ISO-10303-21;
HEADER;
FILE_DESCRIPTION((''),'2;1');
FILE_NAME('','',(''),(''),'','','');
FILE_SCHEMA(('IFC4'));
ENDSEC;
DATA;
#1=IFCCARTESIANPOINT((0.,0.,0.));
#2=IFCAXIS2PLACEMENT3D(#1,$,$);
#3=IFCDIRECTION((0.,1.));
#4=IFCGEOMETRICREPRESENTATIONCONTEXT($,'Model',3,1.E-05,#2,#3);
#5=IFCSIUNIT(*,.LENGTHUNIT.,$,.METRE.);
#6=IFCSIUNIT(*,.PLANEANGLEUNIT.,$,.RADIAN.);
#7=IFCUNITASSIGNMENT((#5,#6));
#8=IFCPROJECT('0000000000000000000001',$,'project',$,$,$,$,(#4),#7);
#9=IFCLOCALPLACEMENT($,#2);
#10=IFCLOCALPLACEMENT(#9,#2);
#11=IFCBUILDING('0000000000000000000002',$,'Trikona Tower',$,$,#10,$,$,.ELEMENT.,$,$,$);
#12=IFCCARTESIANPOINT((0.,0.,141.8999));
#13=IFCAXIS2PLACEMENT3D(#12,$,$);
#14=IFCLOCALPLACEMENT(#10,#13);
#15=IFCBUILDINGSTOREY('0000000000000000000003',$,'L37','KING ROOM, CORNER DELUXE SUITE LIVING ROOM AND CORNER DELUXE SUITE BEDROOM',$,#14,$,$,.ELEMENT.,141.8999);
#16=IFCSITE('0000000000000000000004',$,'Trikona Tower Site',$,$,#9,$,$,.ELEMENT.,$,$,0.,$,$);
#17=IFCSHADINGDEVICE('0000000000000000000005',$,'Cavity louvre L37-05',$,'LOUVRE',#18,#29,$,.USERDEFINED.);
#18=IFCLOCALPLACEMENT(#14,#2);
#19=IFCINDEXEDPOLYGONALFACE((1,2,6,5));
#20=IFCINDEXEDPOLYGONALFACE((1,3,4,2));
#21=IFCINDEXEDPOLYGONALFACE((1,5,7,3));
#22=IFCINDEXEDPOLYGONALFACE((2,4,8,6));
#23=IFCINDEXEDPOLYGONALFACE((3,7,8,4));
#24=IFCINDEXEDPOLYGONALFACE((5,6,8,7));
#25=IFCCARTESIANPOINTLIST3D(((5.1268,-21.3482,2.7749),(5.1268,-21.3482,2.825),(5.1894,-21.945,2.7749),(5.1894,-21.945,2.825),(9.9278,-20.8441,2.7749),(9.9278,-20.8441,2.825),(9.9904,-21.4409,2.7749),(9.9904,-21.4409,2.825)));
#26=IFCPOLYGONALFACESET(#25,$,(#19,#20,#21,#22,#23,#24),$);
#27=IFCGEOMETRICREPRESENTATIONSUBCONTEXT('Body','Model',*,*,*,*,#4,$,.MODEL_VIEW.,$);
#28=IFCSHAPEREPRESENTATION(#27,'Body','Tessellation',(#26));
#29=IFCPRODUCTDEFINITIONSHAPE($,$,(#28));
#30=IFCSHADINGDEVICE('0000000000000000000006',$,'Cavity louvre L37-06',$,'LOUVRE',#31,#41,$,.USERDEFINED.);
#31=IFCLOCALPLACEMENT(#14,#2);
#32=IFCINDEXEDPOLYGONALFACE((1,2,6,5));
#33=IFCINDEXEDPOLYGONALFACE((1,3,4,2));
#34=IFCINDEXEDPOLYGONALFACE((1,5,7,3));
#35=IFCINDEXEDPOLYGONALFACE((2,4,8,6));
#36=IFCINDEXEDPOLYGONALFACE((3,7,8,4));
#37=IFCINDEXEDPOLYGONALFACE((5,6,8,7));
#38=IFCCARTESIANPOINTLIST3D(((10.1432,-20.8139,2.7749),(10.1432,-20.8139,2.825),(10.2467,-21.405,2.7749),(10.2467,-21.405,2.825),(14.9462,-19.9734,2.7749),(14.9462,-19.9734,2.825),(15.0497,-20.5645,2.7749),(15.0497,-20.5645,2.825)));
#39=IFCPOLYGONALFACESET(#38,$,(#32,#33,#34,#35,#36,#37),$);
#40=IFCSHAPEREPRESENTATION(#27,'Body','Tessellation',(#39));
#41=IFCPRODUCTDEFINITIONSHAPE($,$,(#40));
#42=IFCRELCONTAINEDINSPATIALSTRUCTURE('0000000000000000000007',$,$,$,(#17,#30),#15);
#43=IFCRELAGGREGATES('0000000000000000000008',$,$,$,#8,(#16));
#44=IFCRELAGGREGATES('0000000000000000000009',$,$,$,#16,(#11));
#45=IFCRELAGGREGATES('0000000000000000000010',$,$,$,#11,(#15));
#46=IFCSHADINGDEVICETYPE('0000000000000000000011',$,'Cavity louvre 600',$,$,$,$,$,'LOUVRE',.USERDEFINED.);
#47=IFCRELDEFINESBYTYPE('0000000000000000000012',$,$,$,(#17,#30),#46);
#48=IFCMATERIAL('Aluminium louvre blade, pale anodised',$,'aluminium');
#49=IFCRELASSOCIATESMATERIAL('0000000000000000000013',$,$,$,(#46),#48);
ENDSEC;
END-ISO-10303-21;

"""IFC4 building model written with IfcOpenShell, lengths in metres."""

from ifc_helpers import new_model, si_unit, direction, frame, origin, origin_2d, place, context, subcontext, project, spatial, rectangle, extrude, material, type_object, element, save


model = new_model("IFC4")

# Units and contexts
model_context = context("Model", 3, precision=1e-05, world=origin(), true_north=direction((0.0, 1.0)))
body_context = subcontext(model_context, "Body", "Model", "MODEL_VIEW")
ifc_project = project(units=[si_unit("LENGTHUNIT", "METRE"), si_unit("PLANEANGLEUNIT", "RADIAN")], contexts=[model_context])

# Site, building, storey
site_placement = place(None, origin())
site = spatial("IfcSite", under=ifc_project, at=site_placement, Name="Trikona Tower Site", CompositionType="ELEMENT", RefElevation=0.0)
building_placement = place(site_placement, origin())
building = spatial("IfcBuilding", under=site, at=building_placement, Name="Trikona Tower", CompositionType="ELEMENT")
storey_placement = place(building_placement, frame((0.0, 0.0, 141.8999)))
storey = spatial("IfcBuildingStorey", under=building, at=storey_placement, Name="L37", Description="KING ROOM, CORNER DELUXE SUITE LIVING ROOM AND CORNER DELUXE SUITE BEDROOM", CompositionType="ELEMENT", Elevation=141.8999)

# Shading devices
ifc_material_1 = material(Name="Aluminium louvre blade, pale anodised", Category="aluminium")
shading_device_type = type_object("IfcShadingDeviceType", Name="Cavity louvre 600", ElementType="LOUVRE", PredefinedType="USERDEFINED", material=ifc_material_1)
shading_device_1_placement = place(storey_placement, frame((7.5586, -21.3945, 2.7749), z_axis=(0.0, 0.0, 1.0), x_axis=(0.994533, 0.104426, 0.0)))
element("IfcShadingDevice", 1, at=shading_device_1_placement, inside=storey, type_object=shading_device_type, Name="Cavity louvre L37-05", ObjectType="LOUVRE", PredefinedType="USERDEFINED", context=body_context, shape_type="SweptSolid", body=[
    extrude(rectangle(XDim=4.8274, YDim=0.6001, at=origin_2d()), origin(), (0.0, 0.0, 1.0), 0.05),
])
shading_device_2_placement = place(storey_placement, frame((12.5964, -20.6892, 2.7749), z_axis=(0.0, 0.0, 1.0), x_axis=(0.985031, 0.17238, 0.0)))
element("IfcShadingDevice", 2, at=shading_device_2_placement, inside=storey, type_object=shading_device_type, Name="Cavity louvre L37-06", ObjectType="LOUVRE", PredefinedType="USERDEFINED", context=body_context, shape_type="SweptSolid", body=[
    extrude(rectangle(XDim=4.876, YDim=0.6001, at=origin_2d()), origin(), (0.0, 0.0, 1.0), 0.05),
])

save(model, "model.ifc")
